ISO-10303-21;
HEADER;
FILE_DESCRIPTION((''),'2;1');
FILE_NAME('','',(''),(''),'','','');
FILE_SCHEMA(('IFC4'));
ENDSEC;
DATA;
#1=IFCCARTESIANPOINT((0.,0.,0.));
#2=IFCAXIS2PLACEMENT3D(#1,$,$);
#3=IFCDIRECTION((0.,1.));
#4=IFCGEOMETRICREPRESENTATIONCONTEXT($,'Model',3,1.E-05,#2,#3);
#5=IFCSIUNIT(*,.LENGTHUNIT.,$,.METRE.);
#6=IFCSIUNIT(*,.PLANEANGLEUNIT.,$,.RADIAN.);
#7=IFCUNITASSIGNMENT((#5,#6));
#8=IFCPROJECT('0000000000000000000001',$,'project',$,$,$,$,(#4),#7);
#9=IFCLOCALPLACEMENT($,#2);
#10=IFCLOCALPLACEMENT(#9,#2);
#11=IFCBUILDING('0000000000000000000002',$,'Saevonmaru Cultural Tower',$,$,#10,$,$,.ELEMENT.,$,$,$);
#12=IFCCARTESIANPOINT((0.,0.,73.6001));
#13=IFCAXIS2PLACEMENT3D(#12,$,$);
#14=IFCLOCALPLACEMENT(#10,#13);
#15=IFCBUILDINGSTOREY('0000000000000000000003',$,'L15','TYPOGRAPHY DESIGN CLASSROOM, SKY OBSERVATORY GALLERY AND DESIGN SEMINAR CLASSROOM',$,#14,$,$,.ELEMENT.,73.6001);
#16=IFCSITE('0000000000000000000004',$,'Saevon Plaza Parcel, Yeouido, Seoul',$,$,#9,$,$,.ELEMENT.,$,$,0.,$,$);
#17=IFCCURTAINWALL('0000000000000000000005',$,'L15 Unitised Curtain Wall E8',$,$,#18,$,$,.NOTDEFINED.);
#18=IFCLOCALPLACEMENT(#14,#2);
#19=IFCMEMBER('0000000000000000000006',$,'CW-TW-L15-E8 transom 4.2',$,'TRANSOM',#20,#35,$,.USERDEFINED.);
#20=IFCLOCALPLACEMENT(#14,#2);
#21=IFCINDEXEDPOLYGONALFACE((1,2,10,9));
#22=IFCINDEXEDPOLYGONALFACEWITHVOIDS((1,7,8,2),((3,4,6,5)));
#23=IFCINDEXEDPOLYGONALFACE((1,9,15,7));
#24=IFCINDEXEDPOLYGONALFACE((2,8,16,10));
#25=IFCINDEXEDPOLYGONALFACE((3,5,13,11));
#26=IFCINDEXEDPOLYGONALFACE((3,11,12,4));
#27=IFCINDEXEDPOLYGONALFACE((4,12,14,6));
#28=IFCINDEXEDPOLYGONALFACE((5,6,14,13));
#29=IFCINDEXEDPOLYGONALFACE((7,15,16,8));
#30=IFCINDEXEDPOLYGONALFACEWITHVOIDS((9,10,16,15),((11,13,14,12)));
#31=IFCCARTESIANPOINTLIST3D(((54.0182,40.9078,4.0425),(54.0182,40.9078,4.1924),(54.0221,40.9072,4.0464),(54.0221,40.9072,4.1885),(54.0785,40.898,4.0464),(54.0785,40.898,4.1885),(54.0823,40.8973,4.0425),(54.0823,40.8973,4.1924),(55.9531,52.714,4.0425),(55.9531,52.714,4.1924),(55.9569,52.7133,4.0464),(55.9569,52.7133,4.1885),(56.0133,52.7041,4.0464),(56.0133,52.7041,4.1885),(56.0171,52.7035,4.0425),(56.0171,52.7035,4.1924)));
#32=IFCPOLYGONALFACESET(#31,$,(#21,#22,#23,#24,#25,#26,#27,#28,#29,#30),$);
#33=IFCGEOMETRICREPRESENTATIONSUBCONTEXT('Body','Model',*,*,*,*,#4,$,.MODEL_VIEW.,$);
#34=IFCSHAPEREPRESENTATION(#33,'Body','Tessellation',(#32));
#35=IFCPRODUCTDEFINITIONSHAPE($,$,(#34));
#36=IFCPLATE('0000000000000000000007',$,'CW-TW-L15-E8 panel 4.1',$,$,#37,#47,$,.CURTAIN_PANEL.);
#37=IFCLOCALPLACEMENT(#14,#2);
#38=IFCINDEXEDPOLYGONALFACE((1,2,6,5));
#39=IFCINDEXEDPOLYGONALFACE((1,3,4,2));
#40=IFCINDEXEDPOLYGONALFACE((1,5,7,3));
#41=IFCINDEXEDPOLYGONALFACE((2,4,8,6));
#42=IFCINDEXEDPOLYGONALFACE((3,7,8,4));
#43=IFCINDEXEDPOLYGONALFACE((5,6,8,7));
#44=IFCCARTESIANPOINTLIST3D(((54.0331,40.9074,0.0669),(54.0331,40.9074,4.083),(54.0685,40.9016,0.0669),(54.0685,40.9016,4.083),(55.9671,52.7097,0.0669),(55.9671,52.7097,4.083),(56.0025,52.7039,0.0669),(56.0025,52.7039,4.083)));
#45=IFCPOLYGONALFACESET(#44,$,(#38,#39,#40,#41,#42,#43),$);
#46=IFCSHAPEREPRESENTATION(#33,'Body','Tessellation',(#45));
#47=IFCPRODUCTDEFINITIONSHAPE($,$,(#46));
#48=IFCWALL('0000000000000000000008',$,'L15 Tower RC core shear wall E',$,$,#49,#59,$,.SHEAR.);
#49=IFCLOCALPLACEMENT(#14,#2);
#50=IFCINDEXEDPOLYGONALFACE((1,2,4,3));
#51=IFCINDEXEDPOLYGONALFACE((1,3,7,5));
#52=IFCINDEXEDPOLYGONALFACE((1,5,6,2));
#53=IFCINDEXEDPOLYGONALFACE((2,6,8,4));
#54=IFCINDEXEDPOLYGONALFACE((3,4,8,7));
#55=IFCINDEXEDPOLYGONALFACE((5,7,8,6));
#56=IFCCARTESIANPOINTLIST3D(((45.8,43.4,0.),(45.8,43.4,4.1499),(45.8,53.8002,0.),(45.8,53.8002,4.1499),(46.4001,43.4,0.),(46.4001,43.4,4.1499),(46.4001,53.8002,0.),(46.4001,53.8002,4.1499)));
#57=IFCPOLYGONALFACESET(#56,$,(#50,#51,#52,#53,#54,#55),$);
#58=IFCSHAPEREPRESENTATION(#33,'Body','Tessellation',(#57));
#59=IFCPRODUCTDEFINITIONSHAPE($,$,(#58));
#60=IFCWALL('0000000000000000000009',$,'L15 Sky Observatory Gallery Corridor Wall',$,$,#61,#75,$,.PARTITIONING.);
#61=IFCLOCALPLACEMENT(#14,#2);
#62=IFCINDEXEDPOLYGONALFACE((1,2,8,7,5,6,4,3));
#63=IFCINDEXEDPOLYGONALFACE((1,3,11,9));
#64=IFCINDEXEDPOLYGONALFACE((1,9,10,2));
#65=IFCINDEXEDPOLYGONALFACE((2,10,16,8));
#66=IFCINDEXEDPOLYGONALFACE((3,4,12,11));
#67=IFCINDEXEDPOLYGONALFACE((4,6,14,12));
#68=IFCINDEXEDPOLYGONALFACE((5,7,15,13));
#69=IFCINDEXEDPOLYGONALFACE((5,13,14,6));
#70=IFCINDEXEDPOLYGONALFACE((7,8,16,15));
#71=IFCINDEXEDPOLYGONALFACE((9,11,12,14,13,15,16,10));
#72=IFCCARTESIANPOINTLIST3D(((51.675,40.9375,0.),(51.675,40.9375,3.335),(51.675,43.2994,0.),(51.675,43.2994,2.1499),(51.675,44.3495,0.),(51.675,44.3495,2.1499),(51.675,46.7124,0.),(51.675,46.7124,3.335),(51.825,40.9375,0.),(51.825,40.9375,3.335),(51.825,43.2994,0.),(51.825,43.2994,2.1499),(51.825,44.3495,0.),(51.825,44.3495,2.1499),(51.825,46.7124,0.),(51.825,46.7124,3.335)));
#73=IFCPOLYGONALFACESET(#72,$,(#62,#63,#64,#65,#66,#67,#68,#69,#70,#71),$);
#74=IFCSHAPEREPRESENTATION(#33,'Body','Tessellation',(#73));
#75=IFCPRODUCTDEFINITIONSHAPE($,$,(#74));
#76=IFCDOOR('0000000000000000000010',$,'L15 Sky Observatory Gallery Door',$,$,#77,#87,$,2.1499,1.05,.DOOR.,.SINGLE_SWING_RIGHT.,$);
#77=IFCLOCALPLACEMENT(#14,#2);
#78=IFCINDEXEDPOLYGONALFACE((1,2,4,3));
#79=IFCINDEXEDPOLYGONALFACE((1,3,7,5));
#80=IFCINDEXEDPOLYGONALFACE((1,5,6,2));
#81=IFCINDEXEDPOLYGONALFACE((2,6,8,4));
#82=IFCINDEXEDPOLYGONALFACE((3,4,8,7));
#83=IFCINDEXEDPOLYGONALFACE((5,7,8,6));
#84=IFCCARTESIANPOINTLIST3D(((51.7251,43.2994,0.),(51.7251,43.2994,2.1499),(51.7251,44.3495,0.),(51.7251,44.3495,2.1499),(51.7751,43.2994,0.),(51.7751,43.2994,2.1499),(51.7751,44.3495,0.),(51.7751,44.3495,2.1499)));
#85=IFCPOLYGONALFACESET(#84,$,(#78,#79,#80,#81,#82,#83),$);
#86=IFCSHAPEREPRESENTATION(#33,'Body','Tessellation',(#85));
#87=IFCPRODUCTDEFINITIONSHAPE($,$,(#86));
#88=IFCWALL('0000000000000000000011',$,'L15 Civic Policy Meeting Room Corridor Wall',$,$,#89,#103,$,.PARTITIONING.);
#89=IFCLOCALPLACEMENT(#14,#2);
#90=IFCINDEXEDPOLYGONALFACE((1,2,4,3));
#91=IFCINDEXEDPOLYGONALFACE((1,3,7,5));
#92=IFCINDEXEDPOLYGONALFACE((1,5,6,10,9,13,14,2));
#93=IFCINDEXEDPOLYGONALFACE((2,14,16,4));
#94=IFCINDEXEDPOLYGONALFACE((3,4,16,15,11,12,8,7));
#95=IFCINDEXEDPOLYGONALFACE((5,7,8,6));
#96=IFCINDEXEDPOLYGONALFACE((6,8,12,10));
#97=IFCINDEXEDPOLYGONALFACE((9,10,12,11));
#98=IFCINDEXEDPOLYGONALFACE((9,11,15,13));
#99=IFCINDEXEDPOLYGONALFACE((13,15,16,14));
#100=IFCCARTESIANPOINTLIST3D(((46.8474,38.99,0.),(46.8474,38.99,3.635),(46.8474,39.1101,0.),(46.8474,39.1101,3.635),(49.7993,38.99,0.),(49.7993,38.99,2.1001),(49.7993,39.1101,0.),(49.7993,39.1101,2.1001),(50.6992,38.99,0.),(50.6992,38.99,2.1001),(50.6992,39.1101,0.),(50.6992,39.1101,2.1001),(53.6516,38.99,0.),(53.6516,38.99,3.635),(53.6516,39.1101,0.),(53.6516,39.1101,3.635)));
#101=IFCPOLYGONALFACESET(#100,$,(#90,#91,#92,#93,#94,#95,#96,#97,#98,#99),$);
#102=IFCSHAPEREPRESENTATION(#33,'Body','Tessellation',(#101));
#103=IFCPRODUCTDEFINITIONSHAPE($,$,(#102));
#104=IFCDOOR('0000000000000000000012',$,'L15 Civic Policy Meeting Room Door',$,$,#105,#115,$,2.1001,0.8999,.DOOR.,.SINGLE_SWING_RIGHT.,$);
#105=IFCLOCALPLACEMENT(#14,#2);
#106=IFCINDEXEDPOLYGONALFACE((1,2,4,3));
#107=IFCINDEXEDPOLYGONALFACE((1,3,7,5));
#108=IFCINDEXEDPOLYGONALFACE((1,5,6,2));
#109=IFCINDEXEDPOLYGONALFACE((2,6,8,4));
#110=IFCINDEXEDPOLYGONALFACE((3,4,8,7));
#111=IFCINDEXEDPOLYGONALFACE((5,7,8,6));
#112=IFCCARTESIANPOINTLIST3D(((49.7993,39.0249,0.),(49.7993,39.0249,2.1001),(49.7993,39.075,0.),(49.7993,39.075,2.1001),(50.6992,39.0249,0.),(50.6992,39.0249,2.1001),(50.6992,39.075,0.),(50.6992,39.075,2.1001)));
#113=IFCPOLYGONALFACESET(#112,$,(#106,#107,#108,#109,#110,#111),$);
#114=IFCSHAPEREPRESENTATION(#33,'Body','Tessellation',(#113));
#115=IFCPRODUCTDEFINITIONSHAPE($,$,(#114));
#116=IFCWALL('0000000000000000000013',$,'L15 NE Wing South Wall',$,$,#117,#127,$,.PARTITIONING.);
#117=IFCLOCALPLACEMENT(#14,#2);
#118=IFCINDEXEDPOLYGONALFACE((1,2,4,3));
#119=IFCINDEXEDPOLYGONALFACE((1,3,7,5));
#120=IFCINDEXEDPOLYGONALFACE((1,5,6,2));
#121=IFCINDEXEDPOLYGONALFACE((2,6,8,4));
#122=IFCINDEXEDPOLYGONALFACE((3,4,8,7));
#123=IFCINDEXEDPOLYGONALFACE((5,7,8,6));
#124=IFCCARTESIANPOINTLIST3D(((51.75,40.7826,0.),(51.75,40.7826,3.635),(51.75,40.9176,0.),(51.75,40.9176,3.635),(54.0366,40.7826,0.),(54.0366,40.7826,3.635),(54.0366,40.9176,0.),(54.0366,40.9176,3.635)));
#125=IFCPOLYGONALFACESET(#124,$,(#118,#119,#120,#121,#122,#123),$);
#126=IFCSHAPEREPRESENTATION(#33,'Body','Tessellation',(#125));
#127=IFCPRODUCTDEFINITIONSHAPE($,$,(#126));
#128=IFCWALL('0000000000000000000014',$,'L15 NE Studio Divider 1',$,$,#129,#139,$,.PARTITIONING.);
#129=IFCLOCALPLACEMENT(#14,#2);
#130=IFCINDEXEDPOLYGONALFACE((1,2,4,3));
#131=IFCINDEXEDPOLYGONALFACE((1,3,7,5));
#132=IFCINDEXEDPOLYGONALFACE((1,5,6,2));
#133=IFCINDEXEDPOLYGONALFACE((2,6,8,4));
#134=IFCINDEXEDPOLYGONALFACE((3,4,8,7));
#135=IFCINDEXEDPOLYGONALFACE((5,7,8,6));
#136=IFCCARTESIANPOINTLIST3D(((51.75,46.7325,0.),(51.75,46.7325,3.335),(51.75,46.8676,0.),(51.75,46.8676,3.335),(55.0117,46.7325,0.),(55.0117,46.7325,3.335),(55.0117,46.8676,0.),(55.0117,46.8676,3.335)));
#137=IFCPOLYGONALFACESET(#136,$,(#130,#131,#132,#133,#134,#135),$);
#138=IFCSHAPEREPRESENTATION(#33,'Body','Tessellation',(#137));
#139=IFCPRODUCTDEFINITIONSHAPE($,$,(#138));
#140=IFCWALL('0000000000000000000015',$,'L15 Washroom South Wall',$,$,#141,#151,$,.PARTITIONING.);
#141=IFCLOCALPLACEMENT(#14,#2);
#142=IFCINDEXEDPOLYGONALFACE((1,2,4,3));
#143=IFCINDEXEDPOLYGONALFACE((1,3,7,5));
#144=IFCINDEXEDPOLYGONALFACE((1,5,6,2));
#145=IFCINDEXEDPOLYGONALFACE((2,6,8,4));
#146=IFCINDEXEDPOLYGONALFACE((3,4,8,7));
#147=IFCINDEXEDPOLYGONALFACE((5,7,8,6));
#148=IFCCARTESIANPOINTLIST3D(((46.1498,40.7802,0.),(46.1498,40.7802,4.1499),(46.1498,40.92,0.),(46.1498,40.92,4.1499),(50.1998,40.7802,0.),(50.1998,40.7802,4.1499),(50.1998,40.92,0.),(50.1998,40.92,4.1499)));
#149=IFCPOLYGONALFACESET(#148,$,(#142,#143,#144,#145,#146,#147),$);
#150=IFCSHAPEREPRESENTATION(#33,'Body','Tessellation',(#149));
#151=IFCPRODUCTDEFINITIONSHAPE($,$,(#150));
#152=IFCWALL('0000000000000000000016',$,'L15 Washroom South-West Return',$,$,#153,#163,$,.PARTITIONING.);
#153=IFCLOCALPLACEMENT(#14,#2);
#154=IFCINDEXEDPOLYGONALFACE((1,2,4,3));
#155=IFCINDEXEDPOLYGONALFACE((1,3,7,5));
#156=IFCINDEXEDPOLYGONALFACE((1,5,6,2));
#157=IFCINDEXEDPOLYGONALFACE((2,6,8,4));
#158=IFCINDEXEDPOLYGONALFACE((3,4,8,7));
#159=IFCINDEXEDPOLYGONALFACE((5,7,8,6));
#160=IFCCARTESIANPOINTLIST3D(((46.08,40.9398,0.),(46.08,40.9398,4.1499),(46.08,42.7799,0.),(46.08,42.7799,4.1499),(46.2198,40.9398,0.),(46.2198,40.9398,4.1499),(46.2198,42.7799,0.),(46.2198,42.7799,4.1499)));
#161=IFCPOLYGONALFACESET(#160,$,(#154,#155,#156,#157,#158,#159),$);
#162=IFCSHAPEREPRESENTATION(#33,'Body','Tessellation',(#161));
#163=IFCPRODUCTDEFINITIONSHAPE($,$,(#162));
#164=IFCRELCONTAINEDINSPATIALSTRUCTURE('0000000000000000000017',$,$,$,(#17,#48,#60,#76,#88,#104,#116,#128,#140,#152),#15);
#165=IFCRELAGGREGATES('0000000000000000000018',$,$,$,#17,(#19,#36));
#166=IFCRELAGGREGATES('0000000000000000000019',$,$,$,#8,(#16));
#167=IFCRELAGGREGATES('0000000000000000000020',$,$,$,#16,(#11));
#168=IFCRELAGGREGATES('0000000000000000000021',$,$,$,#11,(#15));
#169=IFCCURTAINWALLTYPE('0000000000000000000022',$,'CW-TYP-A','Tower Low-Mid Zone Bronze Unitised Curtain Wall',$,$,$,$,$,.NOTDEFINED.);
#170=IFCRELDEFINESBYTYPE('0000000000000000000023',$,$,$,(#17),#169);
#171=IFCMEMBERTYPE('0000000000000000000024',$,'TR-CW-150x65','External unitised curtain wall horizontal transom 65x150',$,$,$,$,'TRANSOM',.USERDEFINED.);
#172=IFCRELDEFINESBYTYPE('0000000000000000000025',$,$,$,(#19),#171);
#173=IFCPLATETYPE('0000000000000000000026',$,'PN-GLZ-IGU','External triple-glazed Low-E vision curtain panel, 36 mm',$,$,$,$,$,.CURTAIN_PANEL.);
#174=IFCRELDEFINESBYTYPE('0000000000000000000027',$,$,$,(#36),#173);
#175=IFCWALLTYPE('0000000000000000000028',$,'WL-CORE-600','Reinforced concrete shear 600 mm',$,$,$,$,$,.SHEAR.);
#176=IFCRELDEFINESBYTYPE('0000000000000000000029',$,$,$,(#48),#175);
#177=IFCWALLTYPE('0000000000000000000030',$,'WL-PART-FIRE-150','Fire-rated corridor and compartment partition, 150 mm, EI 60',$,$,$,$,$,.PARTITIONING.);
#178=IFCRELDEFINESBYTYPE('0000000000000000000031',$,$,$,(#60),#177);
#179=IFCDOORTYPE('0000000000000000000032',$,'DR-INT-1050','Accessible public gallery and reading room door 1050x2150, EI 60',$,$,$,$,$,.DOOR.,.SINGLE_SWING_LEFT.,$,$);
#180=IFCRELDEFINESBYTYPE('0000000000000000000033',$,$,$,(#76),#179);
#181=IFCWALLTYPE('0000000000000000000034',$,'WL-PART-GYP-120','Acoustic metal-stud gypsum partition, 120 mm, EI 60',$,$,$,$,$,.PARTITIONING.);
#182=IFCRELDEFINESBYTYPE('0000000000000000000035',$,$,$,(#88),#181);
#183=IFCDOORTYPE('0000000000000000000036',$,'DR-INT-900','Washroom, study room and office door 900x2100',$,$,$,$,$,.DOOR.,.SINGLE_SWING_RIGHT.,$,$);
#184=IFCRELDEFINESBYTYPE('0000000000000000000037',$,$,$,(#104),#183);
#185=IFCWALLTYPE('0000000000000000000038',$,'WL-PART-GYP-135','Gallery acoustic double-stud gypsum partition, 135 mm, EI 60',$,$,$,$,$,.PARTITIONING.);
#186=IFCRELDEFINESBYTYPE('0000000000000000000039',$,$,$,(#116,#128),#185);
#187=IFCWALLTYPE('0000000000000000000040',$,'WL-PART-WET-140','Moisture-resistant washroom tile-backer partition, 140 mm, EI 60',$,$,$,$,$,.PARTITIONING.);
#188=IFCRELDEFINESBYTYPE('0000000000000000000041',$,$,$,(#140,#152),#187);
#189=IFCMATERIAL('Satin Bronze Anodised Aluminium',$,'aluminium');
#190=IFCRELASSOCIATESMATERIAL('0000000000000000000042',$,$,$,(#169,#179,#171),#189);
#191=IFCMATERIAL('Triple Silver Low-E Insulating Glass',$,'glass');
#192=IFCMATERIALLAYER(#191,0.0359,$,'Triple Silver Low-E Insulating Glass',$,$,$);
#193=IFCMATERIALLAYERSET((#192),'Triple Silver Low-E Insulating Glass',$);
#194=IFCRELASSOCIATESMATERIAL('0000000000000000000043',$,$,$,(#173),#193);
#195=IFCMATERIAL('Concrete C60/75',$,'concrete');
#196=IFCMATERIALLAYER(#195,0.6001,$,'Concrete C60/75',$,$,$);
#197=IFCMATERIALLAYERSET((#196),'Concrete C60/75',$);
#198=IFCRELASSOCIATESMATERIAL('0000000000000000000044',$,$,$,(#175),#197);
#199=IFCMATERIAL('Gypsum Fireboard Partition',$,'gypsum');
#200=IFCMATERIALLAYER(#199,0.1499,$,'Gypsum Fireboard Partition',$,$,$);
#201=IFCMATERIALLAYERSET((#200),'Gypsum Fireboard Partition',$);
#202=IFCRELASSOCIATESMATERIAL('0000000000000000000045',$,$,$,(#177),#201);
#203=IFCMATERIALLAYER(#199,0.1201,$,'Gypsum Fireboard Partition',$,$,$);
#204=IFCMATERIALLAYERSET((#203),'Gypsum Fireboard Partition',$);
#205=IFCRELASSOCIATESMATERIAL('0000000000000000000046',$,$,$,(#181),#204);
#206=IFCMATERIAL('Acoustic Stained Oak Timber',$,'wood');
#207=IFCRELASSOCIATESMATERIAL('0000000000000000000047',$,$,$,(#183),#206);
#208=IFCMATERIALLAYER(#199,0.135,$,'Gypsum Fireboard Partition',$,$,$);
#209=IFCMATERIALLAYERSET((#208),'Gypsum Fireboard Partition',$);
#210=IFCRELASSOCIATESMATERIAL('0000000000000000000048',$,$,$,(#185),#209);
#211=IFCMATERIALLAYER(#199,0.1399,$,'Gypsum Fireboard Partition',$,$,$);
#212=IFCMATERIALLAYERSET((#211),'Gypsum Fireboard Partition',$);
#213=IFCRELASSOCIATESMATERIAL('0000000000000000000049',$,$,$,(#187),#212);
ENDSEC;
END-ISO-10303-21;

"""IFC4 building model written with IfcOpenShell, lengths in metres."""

from ifc_helpers import new_model, si_unit, direction, frame, frame_2d, origin, origin_2d, place, context, subcontext, project, spatial, rectangle, hollow_rectangle, extrude, material, layer, layer_set, material_profile, profile_set, type_object, element, fill, aggregate, save


model = new_model("IFC4")

# Units and contexts
model_context = context("Model", 3, precision=1e-05, world=origin(), true_north=direction((0.0, 1.0)))
body_context = subcontext(model_context, "Body", "Model", "MODEL_VIEW")
ifc_project = project(units=[si_unit("LENGTHUNIT", "METRE"), si_unit("PLANEANGLEUNIT", "RADIAN")], contexts=[model_context])

# Site, building, storey
site_placement = place(None, origin())
site = spatial("IfcSite", under=ifc_project, at=site_placement, Name="Saevon Plaza Parcel, Yeouido, Seoul", CompositionType="ELEMENT", RefElevation=0.0)
building_placement = place(site_placement, origin())
building = spatial("IfcBuilding", under=site, at=building_placement, Name="Saevonmaru Cultural Tower", CompositionType="ELEMENT")
storey_placement = place(building_placement, frame((0.0, 0.0, 73.6001)))
storey = spatial("IfcBuildingStorey", under=building, at=storey_placement, Name="L15", Description="TYPOGRAPHY DESIGN CLASSROOM, SKY OBSERVATORY GALLERY AND DESIGN SEMINAR CLASSROOM", CompositionType="ELEMENT", Elevation=73.6001)

# Curtain wall, member, plate
ifc_material_1 = material(Name="Satin Bronze Anodised Aluminium", Category="aluminium")
curtain_wall_type = type_object("IfcCurtainWallType", Name="CW-TYP-A", Description="Tower Low-Mid Zone Bronze Unitised Curtain Wall", PredefinedType="NOTDEFINED", material=ifc_material_1)
curtain_wall_placement = place(storey_placement, origin())
curtain_wall = element("IfcCurtainWall", 1, at=curtain_wall_placement, inside=storey, type_object=curtain_wall_type, Name="L15 Unitised Curtain Wall E8", PredefinedType="NOTDEFINED")
ifc_material_profile_1 = material_profile(ifc_material_1, hollow_rectangle(XDim=0.0649, YDim=0.1499, WallThickness=0.0039, at=origin_2d()), Name="ALU-TRAN-150x65x4")
ifc_profile_set_1 = profile_set([ifc_material_profile_1], Name="Satin Bronze Anodised Aluminium")
member_type_1 = type_object("IfcMemberType", Name="TR-CW-150x65", Description="External unitised curtain wall horizontal transom 65x150", ElementType="TRANSOM", PredefinedType="USERDEFINED", material=ifc_profile_set_1)
member_1_placement = place(storey_placement, frame((54.0503, 40.9026, 4.1174), z_axis=(0.161725, 0.986836, 0.0), x_axis=(-0.986836, 0.161725, 0.0)))
member_1 = element("IfcMember", 2, at=member_1_placement, type_object=member_type_1, Name="CW-TW-L15-E8 transom 4.2", ObjectType="TRANSOM", PredefinedType="USERDEFINED", context=body_context, shape_type="SweptSolid", body=[
    extrude(hollow_rectangle(XDim=0.0649, YDim=0.1499, WallThickness=0.0039, at=origin_2d()), origin(), (0.0, 0.0, 1.0), 11.9636),
])
ifc_material_2 = material(Name="Triple Silver Low-E Insulating Glass", Category="glass")
ifc_layer_1 = layer(ifc_material_2, 0.0359, Name="Triple Silver Low-E Insulating Glass")
ifc_layer_set_1 = layer_set([ifc_layer_1], Name="Triple Silver Low-E Insulating Glass")
plate_type = type_object("IfcPlateType", Name="PN-GLZ-IGU", Description="External triple-glazed Low-E vision curtain panel, 36 mm", PredefinedType="CURTAIN_PANEL", material=ifc_layer_set_1)
plate_placement = place(storey_placement, frame((55.0178, 46.8057, 0.0669), z_axis=(0.0, 0.0, 1.0), x_axis=(0.161709, 0.986839, 0.0)))
plate = element("IfcPlate", 3, at=plate_placement, type_object=plate_type, Name="CW-TW-L15-E8 panel 4.1", PredefinedType="CURTAIN_PANEL", context=body_context, shape_type="SweptSolid", body=[
    extrude(rectangle(XDim=11.9597, YDim=0.0359, at=origin_2d()), origin(), (0.0, 0.0, 1.0), 4.0161),
])
aggregate(curtain_wall, [member_1, plate])

# Wall
ifc_material_3 = material(Name="Concrete C60/75", Category="concrete")
ifc_layer_2 = layer(ifc_material_3, 0.6001, Name="Concrete C60/75")
ifc_layer_set_2 = layer_set([ifc_layer_2], Name="Concrete C60/75")
wall_type_1 = type_object("IfcWallType", Name="WL-CORE-600", Description="Reinforced concrete shear 600 mm", PredefinedType="SHEAR", material=ifc_layer_set_2)
wall_1_placement = place(storey_placement, frame((46.1001, 43.3999, 0.0), z_axis=(0.0, 0.0, 1.0), x_axis=(0.0, 1.0, 0.0)))
element("IfcWall", 4, at=wall_1_placement, inside=storey, type_object=wall_type_1, Name="L15 Tower RC core shear wall E", PredefinedType="SHEAR", context=body_context, shape_type="SweptSolid", body=[
    extrude(rectangle(XDim=10.4001, YDim=0.6001, at=frame_2d((5.2002, 0.0))), origin(), (0.0, 0.0, 1.0), 4.1499),
])

# Walls, openings, doors
ifc_material_4 = material(Name="Gypsum Fireboard Partition", Category="gypsum")
ifc_layer_3 = layer(ifc_material_4, 0.1499, Name="Gypsum Fireboard Partition")
ifc_layer_set_3 = layer_set([ifc_layer_3], Name="Gypsum Fireboard Partition")
wall_type_2 = type_object("IfcWallType", Name="WL-PART-FIRE-150", Description="Fire-rated corridor and compartment partition, 150 mm, EI 60", PredefinedType="PARTITIONING", material=ifc_layer_set_3)
wall_2_placement = place(storey_placement, frame((51.75, 40.9375, 0.0), z_axis=(0.0, 0.0, 1.0), x_axis=(0.0, 1.0, 0.0)))
wall_2 = element("IfcWall", 5, at=wall_2_placement, inside=storey, type_object=wall_type_2, Name="L15 Sky Observatory Gallery Corridor Wall", PredefinedType="PARTITIONING", context=body_context, shape_type="SweptSolid", body=[
    extrude(rectangle(XDim=5.7749, YDim=0.1499, at=frame_2d((2.8875, 0.0))), origin(), (0.0, 0.0, 1.0), 3.335),
])
opening_1_placement = place(wall_2_placement, frame((2.3621, 0.0, 0.0)))
opening_1 = element("IfcOpeningElement", 6, at=opening_1_placement, cuts=wall_2, PredefinedType="OPENING", context=body_context, shape_type="SweptSolid", body=[
    extrude(rectangle(XDim=1.05, YDim=2.1499, at=frame_2d((0.5249, 1.075))), frame((0.0, 0.085, 0.0), z_axis=(0.0, -1.0, 0.0), x_axis=(1.0, 0.0, 0.0)), (0.0, 0.0, 1.0), 0.1699),
])
door_type_1 = type_object("IfcDoorType", Name="DR-INT-1050", Description="Accessible public gallery and reading room door 1050x2150, EI 60", OperationType="SINGLE_SWING_LEFT", PredefinedType="DOOR", material=ifc_material_1)
door_1_placement = place(opening_1_placement, origin())
door_1 = element("IfcDoor", 7, at=door_1_placement, inside=storey, type_object=door_type_1, Name="L15 Sky Observatory Gallery Door", OperationType="SINGLE_SWING_RIGHT", OverallHeight=2.1499, OverallWidth=1.05, PredefinedType="DOOR", context=body_context, shape_type="SweptSolid", body=[
    extrude(rectangle(XDim=1.05, YDim=2.1499, at=frame_2d((0.5249, 1.075))), frame((0.0, 0.0249, 0.0), z_axis=(0.0, -1.0, 0.0), x_axis=(1.0, 0.0, 0.0)), (0.0, 0.0, 1.0), 0.05),
])
fill(opening_1, door_1)
ifc_layer_4 = layer(ifc_material_4, 0.1201, Name="Gypsum Fireboard Partition")
ifc_layer_set_4 = layer_set([ifc_layer_4], Name="Gypsum Fireboard Partition")
wall_type_3 = type_object("IfcWallType", Name="WL-PART-GYP-120", Description="Acoustic metal-stud gypsum partition, 120 mm, EI 60", PredefinedType="PARTITIONING", material=ifc_layer_set_4)
wall_3_placement = place(storey_placement, frame((46.8474, 39.05, 0.0), z_axis=(0.0, 0.0, 1.0), x_axis=(1.0, 0.0, 0.0)))
wall_3 = element("IfcWall", 8, at=wall_3_placement, inside=storey, type_object=wall_type_3, Name="L15 Civic Policy Meeting Room Corridor Wall", PredefinedType="PARTITIONING", context=body_context, shape_type="SweptSolid", body=[
    extrude(rectangle(XDim=6.8042, YDim=0.1201, at=frame_2d((3.4021, 0.0))), origin(), (0.0, 0.0, 1.0), 3.635),
])
opening_2_placement = place(wall_3_placement, frame((2.9519, 0.0, 0.0)))
opening_2 = element("IfcOpeningElement", 9, at=opening_2_placement, cuts=wall_3, PredefinedType="OPENING", context=body_context, shape_type="SweptSolid", body=[
    extrude(rectangle(XDim=0.8999, YDim=2.1001, at=frame_2d((0.45, 1.05))), frame((0.0, 0.0701, 0.0), z_axis=(0.0, -1.0, 0.0), x_axis=(1.0, 0.0, 0.0)), (0.0, 0.0, 1.0), 0.1401),
])
ifc_material_5 = material(Name="Acoustic Stained Oak Timber", Category="wood")
door_type_2 = type_object("IfcDoorType", Name="DR-INT-900", Description="Washroom, study room and office door 900x2100", OperationType="SINGLE_SWING_RIGHT", PredefinedType="DOOR", material=ifc_material_5)
door_2_placement = place(opening_2_placement, origin())
door_2 = element("IfcDoor", 10, at=door_2_placement, inside=storey, type_object=door_type_2, Name="L15 Civic Policy Meeting Room Door", OperationType="SINGLE_SWING_RIGHT", OverallHeight=2.1001, OverallWidth=0.8999, PredefinedType="DOOR", context=body_context, shape_type="SweptSolid", body=[
    extrude(rectangle(XDim=0.8999, YDim=2.1001, at=frame_2d((0.45, 1.05))), frame((0.0, 0.0249, 0.0), z_axis=(0.0, -1.0, 0.0), x_axis=(1.0, 0.0, 0.0)), (0.0, 0.0, 1.0), 0.05),
])
fill(opening_2, door_2)

# Walls
ifc_layer_5 = layer(ifc_material_4, 0.135, Name="Gypsum Fireboard Partition")
ifc_layer_set_5 = layer_set([ifc_layer_5], Name="Gypsum Fireboard Partition")
wall_type_4 = type_object("IfcWallType", Name="WL-PART-GYP-135", Description="Gallery acoustic double-stud gypsum partition, 135 mm, EI 60", PredefinedType="PARTITIONING", material=ifc_layer_set_5)
wall_4_placement = place(storey_placement, frame((51.75, 40.8501, 0.0), z_axis=(0.0, 0.0, 1.0), x_axis=(1.0, 0.0, 0.0)))
element("IfcWall", 11, at=wall_4_placement, inside=storey, type_object=wall_type_4, Name="L15 NE Wing South Wall", PredefinedType="PARTITIONING", context=body_context, shape_type="SweptSolid", body=[
    extrude(rectangle(XDim=2.2866, YDim=0.135, at=frame_2d((1.1433, 0.0))), origin(), (0.0, 0.0, 1.0), 3.635),
])
wall_5_placement = place(storey_placement, frame((51.75, 46.8, 0.0), z_axis=(0.0, 0.0, 1.0), x_axis=(1.0, 0.0, 0.0)))
element("IfcWall", 12, at=wall_5_placement, inside=storey, type_object=wall_type_4, Name="L15 NE Studio Divider 1", PredefinedType="PARTITIONING", context=body_context, shape_type="SweptSolid", body=[
    extrude(rectangle(XDim=3.2617, YDim=0.135, at=frame_2d((1.6309, 0.0))), origin(), (0.0, 0.0, 1.0), 3.335),
])
ifc_layer_6 = layer(ifc_material_4, 0.1399, Name="Gypsum Fireboard Partition")
ifc_layer_set_6 = layer_set([ifc_layer_6], Name="Gypsum Fireboard Partition")
wall_type_5 = type_object("IfcWallType", Name="WL-PART-WET-140", Description="Moisture-resistant washroom tile-backer partition, 140 mm, EI 60", PredefinedType="PARTITIONING", material=ifc_layer_set_6)
wall_6_placement = place(storey_placement, frame((46.1499, 40.8501, 0.0), z_axis=(0.0, 0.0, 1.0), x_axis=(1.0, 0.0, 0.0)))
element("IfcWall", 13, at=wall_6_placement, inside=storey, type_object=wall_type_5, Name="L15 Washroom South Wall", PredefinedType="PARTITIONING", context=body_context, shape_type="SweptSolid", body=[
    extrude(rectangle(XDim=4.05, YDim=0.1399, at=frame_2d((2.0249, 0.0))), origin(), (0.0, 0.0, 1.0), 4.1499),
])
wall_7_placement = place(storey_placement, frame((46.1499, 40.9399, 0.0), z_axis=(0.0, 0.0, 1.0), x_axis=(0.0, 1.0, 0.0)))
element("IfcWall", 14, at=wall_7_placement, inside=storey, type_object=wall_type_5, Name="L15 Washroom South-West Return", PredefinedType="PARTITIONING", context=body_context, shape_type="SweptSolid", body=[
    extrude(rectangle(XDim=1.8401, YDim=0.1399, at=frame_2d((0.9199, 0.0))), origin(), (0.0, 0.0, 1.0), 4.1499),
])

save(model, "model.ifc")
